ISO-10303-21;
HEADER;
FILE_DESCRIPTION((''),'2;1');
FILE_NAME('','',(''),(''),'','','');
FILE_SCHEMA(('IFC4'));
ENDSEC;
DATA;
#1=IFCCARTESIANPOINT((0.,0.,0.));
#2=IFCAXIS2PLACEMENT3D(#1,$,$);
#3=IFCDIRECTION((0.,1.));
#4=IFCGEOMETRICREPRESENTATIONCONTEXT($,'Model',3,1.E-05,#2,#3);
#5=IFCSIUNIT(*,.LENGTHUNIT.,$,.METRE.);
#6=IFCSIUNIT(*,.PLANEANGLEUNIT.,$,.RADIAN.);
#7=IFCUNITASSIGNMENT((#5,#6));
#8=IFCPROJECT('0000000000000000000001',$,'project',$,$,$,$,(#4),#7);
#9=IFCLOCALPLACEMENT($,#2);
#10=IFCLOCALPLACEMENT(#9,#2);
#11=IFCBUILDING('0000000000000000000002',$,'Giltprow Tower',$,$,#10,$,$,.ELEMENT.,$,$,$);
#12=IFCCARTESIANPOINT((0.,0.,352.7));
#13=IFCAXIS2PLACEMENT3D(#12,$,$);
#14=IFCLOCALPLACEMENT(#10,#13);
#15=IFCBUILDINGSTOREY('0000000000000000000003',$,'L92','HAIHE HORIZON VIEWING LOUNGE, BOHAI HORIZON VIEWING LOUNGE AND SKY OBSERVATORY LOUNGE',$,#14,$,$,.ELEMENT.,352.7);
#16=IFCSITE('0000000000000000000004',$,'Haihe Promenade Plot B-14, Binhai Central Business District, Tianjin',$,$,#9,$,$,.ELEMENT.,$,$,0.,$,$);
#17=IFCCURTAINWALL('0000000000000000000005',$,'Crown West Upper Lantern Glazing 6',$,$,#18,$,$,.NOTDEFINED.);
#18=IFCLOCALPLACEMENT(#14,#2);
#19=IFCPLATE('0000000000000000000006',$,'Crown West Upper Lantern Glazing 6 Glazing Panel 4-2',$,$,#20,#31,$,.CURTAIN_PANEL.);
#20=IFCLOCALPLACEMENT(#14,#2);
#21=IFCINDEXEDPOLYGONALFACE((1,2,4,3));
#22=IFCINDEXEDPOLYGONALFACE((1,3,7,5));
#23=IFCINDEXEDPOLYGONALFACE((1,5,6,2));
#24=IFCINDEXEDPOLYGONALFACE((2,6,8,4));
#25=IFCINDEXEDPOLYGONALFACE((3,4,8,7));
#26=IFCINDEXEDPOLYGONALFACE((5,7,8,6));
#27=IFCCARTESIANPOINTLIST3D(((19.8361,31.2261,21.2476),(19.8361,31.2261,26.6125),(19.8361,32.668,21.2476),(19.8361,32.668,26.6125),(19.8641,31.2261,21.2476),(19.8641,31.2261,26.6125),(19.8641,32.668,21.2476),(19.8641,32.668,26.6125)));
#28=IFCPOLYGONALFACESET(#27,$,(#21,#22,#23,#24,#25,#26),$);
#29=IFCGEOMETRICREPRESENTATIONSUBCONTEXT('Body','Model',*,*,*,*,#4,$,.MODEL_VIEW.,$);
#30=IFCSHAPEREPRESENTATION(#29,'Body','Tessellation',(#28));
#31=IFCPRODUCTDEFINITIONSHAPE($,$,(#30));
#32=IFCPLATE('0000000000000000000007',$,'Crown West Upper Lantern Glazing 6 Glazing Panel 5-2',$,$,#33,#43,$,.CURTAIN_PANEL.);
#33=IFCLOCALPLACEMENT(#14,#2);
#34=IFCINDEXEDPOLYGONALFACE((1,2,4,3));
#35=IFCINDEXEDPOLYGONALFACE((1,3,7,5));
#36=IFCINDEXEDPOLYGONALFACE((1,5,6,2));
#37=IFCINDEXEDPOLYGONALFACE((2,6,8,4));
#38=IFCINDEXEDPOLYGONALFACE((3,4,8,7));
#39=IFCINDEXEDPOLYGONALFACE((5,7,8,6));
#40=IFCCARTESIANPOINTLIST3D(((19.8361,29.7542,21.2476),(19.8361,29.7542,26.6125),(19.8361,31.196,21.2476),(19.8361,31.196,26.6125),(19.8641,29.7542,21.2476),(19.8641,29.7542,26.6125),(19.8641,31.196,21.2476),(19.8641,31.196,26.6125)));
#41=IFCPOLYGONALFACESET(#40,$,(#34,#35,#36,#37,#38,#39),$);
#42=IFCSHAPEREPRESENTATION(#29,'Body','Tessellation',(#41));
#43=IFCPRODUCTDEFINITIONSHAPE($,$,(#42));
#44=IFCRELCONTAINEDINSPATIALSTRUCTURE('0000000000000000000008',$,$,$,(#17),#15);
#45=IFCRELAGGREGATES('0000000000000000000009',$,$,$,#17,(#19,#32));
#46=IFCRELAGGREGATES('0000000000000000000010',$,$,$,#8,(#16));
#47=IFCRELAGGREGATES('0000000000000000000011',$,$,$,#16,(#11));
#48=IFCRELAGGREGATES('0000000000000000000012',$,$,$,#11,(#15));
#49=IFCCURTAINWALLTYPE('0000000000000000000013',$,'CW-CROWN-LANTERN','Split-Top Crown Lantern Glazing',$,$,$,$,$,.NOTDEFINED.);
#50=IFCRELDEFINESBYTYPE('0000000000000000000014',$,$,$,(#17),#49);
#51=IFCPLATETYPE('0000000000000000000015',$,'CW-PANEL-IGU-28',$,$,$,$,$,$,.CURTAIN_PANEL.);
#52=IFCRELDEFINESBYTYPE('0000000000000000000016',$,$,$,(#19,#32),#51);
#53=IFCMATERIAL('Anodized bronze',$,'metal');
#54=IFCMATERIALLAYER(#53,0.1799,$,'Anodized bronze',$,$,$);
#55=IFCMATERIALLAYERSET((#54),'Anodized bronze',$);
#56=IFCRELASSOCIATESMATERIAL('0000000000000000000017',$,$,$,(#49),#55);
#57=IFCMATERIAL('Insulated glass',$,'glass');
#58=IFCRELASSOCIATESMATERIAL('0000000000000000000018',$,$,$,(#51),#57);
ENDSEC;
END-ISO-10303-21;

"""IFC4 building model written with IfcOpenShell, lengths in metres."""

from ifc_helpers import new_model, si_unit, direction, frame, origin, origin_2d, place, context, subcontext, project, spatial, rectangle, extrude, source, transform, mapped, material, layer, layer_set, type_object, element, aggregate, save


model = new_model("IFC4")

# Units and contexts
model_context = context("Model", 3, precision=1e-05, world=origin(), true_north=direction((0.0, 1.0)))
body_context = subcontext(model_context, "Body", "Model", "MODEL_VIEW")
ifc_project = project(units=[si_unit("LENGTHUNIT", "METRE"), si_unit("PLANEANGLEUNIT", "RADIAN")], contexts=[model_context])

# Site, building, storey
site_placement = place(None, origin())
site = spatial("IfcSite", under=ifc_project, at=site_placement, Name="Haihe Promenade Plot B-14, Binhai Central Business District, Tianjin", CompositionType="ELEMENT", RefElevation=0.0)
building_placement = place(site_placement, origin())
building = spatial("IfcBuilding", under=site, at=building_placement, Name="Giltprow Tower", CompositionType="ELEMENT")
storey_placement = place(building_placement, frame((0.0, 0.0, 352.7)))
storey = spatial("IfcBuildingStorey", under=building, at=storey_placement, Name="L92", Description="HAIHE HORIZON VIEWING LOUNGE, BOHAI HORIZON VIEWING LOUNGE AND SKY OBSERVATORY LOUNGE", CompositionType="ELEMENT", Elevation=352.7)

# Curtain wall
ifc_material_1 = material(Name="Anodized bronze", Category="metal")
ifc_layer = layer(ifc_material_1, 0.1799, Name="Anodized bronze")
ifc_layer_set = layer_set([ifc_layer], Name="Anodized bronze")
curtain_wall_type = type_object("IfcCurtainWallType", Name="CW-CROWN-LANTERN", Description="Split-Top Crown Lantern Glazing", PredefinedType="NOTDEFINED", material=ifc_layer_set)
curtain_wall_1_placement = place(storey_placement, origin())
curtain_wall_1 = element("IfcCurtainWall", 1, at=curtain_wall_1_placement, inside=storey, type_object=curtain_wall_type, Name="Crown West Upper Lantern Glazing 6", PredefinedType="NOTDEFINED")

# Shared definitions
ifc_material_2 = material(Name="Insulated glass", Category="glass")
plate_type = type_object("IfcPlateType", Name="CW-PANEL-IGU-28", PredefinedType="CURTAIN_PANEL", material=ifc_material_2)

# Plates
shared_shape_1 = source(origin(), body_context, "Body", "SweptSolid", [
    extrude(rectangle(XDim=1.4419, YDim=0.0281, at=origin_2d()), origin(), (0.0, 0.0, 1.0), 5.365),
])
plate_1_placement = place(storey_placement, frame((19.8501, 31.947, 21.2476), z_axis=(0.0, 0.0, 1.0), x_axis=(0.0, -1.0, 0.0)))
plate_1 = element("IfcPlate", 2, at=plate_1_placement, type_object=plate_type, Name="Crown West Upper Lantern Glazing 6 Glazing Panel 4-2", PredefinedType="CURTAIN_PANEL", context=body_context, shape_type="MappedRepresentation", body=[
    mapped(shared_shape_1, transform((0.0, 0.0, 0.0), x_axis=(1.0, 0.0, 0.0), y_axis=(0.0, 1.0, 0.0), z_axis=(0.0, 0.0, 1.0), scale=1.0)),
])
plate_2_placement = place(storey_placement, frame((19.8501, 30.4751, 21.2476), z_axis=(0.0, 0.0, 1.0), x_axis=(0.0, -1.0, 0.0)))
plate_2 = element("IfcPlate", 3, at=plate_2_placement, type_object=plate_type, Name="Crown West Upper Lantern Glazing 6 Glazing Panel 5-2", PredefinedType="CURTAIN_PANEL", context=body_context, shape_type="MappedRepresentation", body=[
    mapped(shared_shape_1, transform((0.0, 0.0, 0.0), x_axis=(1.0, 0.0, 0.0), y_axis=(0.0, 1.0, 0.0), z_axis=(0.0, 0.0, 1.0), scale=1.0)),
])
aggregate(curtain_wall_1, [plate_1, plate_2])

save(model, "model.ifc")
